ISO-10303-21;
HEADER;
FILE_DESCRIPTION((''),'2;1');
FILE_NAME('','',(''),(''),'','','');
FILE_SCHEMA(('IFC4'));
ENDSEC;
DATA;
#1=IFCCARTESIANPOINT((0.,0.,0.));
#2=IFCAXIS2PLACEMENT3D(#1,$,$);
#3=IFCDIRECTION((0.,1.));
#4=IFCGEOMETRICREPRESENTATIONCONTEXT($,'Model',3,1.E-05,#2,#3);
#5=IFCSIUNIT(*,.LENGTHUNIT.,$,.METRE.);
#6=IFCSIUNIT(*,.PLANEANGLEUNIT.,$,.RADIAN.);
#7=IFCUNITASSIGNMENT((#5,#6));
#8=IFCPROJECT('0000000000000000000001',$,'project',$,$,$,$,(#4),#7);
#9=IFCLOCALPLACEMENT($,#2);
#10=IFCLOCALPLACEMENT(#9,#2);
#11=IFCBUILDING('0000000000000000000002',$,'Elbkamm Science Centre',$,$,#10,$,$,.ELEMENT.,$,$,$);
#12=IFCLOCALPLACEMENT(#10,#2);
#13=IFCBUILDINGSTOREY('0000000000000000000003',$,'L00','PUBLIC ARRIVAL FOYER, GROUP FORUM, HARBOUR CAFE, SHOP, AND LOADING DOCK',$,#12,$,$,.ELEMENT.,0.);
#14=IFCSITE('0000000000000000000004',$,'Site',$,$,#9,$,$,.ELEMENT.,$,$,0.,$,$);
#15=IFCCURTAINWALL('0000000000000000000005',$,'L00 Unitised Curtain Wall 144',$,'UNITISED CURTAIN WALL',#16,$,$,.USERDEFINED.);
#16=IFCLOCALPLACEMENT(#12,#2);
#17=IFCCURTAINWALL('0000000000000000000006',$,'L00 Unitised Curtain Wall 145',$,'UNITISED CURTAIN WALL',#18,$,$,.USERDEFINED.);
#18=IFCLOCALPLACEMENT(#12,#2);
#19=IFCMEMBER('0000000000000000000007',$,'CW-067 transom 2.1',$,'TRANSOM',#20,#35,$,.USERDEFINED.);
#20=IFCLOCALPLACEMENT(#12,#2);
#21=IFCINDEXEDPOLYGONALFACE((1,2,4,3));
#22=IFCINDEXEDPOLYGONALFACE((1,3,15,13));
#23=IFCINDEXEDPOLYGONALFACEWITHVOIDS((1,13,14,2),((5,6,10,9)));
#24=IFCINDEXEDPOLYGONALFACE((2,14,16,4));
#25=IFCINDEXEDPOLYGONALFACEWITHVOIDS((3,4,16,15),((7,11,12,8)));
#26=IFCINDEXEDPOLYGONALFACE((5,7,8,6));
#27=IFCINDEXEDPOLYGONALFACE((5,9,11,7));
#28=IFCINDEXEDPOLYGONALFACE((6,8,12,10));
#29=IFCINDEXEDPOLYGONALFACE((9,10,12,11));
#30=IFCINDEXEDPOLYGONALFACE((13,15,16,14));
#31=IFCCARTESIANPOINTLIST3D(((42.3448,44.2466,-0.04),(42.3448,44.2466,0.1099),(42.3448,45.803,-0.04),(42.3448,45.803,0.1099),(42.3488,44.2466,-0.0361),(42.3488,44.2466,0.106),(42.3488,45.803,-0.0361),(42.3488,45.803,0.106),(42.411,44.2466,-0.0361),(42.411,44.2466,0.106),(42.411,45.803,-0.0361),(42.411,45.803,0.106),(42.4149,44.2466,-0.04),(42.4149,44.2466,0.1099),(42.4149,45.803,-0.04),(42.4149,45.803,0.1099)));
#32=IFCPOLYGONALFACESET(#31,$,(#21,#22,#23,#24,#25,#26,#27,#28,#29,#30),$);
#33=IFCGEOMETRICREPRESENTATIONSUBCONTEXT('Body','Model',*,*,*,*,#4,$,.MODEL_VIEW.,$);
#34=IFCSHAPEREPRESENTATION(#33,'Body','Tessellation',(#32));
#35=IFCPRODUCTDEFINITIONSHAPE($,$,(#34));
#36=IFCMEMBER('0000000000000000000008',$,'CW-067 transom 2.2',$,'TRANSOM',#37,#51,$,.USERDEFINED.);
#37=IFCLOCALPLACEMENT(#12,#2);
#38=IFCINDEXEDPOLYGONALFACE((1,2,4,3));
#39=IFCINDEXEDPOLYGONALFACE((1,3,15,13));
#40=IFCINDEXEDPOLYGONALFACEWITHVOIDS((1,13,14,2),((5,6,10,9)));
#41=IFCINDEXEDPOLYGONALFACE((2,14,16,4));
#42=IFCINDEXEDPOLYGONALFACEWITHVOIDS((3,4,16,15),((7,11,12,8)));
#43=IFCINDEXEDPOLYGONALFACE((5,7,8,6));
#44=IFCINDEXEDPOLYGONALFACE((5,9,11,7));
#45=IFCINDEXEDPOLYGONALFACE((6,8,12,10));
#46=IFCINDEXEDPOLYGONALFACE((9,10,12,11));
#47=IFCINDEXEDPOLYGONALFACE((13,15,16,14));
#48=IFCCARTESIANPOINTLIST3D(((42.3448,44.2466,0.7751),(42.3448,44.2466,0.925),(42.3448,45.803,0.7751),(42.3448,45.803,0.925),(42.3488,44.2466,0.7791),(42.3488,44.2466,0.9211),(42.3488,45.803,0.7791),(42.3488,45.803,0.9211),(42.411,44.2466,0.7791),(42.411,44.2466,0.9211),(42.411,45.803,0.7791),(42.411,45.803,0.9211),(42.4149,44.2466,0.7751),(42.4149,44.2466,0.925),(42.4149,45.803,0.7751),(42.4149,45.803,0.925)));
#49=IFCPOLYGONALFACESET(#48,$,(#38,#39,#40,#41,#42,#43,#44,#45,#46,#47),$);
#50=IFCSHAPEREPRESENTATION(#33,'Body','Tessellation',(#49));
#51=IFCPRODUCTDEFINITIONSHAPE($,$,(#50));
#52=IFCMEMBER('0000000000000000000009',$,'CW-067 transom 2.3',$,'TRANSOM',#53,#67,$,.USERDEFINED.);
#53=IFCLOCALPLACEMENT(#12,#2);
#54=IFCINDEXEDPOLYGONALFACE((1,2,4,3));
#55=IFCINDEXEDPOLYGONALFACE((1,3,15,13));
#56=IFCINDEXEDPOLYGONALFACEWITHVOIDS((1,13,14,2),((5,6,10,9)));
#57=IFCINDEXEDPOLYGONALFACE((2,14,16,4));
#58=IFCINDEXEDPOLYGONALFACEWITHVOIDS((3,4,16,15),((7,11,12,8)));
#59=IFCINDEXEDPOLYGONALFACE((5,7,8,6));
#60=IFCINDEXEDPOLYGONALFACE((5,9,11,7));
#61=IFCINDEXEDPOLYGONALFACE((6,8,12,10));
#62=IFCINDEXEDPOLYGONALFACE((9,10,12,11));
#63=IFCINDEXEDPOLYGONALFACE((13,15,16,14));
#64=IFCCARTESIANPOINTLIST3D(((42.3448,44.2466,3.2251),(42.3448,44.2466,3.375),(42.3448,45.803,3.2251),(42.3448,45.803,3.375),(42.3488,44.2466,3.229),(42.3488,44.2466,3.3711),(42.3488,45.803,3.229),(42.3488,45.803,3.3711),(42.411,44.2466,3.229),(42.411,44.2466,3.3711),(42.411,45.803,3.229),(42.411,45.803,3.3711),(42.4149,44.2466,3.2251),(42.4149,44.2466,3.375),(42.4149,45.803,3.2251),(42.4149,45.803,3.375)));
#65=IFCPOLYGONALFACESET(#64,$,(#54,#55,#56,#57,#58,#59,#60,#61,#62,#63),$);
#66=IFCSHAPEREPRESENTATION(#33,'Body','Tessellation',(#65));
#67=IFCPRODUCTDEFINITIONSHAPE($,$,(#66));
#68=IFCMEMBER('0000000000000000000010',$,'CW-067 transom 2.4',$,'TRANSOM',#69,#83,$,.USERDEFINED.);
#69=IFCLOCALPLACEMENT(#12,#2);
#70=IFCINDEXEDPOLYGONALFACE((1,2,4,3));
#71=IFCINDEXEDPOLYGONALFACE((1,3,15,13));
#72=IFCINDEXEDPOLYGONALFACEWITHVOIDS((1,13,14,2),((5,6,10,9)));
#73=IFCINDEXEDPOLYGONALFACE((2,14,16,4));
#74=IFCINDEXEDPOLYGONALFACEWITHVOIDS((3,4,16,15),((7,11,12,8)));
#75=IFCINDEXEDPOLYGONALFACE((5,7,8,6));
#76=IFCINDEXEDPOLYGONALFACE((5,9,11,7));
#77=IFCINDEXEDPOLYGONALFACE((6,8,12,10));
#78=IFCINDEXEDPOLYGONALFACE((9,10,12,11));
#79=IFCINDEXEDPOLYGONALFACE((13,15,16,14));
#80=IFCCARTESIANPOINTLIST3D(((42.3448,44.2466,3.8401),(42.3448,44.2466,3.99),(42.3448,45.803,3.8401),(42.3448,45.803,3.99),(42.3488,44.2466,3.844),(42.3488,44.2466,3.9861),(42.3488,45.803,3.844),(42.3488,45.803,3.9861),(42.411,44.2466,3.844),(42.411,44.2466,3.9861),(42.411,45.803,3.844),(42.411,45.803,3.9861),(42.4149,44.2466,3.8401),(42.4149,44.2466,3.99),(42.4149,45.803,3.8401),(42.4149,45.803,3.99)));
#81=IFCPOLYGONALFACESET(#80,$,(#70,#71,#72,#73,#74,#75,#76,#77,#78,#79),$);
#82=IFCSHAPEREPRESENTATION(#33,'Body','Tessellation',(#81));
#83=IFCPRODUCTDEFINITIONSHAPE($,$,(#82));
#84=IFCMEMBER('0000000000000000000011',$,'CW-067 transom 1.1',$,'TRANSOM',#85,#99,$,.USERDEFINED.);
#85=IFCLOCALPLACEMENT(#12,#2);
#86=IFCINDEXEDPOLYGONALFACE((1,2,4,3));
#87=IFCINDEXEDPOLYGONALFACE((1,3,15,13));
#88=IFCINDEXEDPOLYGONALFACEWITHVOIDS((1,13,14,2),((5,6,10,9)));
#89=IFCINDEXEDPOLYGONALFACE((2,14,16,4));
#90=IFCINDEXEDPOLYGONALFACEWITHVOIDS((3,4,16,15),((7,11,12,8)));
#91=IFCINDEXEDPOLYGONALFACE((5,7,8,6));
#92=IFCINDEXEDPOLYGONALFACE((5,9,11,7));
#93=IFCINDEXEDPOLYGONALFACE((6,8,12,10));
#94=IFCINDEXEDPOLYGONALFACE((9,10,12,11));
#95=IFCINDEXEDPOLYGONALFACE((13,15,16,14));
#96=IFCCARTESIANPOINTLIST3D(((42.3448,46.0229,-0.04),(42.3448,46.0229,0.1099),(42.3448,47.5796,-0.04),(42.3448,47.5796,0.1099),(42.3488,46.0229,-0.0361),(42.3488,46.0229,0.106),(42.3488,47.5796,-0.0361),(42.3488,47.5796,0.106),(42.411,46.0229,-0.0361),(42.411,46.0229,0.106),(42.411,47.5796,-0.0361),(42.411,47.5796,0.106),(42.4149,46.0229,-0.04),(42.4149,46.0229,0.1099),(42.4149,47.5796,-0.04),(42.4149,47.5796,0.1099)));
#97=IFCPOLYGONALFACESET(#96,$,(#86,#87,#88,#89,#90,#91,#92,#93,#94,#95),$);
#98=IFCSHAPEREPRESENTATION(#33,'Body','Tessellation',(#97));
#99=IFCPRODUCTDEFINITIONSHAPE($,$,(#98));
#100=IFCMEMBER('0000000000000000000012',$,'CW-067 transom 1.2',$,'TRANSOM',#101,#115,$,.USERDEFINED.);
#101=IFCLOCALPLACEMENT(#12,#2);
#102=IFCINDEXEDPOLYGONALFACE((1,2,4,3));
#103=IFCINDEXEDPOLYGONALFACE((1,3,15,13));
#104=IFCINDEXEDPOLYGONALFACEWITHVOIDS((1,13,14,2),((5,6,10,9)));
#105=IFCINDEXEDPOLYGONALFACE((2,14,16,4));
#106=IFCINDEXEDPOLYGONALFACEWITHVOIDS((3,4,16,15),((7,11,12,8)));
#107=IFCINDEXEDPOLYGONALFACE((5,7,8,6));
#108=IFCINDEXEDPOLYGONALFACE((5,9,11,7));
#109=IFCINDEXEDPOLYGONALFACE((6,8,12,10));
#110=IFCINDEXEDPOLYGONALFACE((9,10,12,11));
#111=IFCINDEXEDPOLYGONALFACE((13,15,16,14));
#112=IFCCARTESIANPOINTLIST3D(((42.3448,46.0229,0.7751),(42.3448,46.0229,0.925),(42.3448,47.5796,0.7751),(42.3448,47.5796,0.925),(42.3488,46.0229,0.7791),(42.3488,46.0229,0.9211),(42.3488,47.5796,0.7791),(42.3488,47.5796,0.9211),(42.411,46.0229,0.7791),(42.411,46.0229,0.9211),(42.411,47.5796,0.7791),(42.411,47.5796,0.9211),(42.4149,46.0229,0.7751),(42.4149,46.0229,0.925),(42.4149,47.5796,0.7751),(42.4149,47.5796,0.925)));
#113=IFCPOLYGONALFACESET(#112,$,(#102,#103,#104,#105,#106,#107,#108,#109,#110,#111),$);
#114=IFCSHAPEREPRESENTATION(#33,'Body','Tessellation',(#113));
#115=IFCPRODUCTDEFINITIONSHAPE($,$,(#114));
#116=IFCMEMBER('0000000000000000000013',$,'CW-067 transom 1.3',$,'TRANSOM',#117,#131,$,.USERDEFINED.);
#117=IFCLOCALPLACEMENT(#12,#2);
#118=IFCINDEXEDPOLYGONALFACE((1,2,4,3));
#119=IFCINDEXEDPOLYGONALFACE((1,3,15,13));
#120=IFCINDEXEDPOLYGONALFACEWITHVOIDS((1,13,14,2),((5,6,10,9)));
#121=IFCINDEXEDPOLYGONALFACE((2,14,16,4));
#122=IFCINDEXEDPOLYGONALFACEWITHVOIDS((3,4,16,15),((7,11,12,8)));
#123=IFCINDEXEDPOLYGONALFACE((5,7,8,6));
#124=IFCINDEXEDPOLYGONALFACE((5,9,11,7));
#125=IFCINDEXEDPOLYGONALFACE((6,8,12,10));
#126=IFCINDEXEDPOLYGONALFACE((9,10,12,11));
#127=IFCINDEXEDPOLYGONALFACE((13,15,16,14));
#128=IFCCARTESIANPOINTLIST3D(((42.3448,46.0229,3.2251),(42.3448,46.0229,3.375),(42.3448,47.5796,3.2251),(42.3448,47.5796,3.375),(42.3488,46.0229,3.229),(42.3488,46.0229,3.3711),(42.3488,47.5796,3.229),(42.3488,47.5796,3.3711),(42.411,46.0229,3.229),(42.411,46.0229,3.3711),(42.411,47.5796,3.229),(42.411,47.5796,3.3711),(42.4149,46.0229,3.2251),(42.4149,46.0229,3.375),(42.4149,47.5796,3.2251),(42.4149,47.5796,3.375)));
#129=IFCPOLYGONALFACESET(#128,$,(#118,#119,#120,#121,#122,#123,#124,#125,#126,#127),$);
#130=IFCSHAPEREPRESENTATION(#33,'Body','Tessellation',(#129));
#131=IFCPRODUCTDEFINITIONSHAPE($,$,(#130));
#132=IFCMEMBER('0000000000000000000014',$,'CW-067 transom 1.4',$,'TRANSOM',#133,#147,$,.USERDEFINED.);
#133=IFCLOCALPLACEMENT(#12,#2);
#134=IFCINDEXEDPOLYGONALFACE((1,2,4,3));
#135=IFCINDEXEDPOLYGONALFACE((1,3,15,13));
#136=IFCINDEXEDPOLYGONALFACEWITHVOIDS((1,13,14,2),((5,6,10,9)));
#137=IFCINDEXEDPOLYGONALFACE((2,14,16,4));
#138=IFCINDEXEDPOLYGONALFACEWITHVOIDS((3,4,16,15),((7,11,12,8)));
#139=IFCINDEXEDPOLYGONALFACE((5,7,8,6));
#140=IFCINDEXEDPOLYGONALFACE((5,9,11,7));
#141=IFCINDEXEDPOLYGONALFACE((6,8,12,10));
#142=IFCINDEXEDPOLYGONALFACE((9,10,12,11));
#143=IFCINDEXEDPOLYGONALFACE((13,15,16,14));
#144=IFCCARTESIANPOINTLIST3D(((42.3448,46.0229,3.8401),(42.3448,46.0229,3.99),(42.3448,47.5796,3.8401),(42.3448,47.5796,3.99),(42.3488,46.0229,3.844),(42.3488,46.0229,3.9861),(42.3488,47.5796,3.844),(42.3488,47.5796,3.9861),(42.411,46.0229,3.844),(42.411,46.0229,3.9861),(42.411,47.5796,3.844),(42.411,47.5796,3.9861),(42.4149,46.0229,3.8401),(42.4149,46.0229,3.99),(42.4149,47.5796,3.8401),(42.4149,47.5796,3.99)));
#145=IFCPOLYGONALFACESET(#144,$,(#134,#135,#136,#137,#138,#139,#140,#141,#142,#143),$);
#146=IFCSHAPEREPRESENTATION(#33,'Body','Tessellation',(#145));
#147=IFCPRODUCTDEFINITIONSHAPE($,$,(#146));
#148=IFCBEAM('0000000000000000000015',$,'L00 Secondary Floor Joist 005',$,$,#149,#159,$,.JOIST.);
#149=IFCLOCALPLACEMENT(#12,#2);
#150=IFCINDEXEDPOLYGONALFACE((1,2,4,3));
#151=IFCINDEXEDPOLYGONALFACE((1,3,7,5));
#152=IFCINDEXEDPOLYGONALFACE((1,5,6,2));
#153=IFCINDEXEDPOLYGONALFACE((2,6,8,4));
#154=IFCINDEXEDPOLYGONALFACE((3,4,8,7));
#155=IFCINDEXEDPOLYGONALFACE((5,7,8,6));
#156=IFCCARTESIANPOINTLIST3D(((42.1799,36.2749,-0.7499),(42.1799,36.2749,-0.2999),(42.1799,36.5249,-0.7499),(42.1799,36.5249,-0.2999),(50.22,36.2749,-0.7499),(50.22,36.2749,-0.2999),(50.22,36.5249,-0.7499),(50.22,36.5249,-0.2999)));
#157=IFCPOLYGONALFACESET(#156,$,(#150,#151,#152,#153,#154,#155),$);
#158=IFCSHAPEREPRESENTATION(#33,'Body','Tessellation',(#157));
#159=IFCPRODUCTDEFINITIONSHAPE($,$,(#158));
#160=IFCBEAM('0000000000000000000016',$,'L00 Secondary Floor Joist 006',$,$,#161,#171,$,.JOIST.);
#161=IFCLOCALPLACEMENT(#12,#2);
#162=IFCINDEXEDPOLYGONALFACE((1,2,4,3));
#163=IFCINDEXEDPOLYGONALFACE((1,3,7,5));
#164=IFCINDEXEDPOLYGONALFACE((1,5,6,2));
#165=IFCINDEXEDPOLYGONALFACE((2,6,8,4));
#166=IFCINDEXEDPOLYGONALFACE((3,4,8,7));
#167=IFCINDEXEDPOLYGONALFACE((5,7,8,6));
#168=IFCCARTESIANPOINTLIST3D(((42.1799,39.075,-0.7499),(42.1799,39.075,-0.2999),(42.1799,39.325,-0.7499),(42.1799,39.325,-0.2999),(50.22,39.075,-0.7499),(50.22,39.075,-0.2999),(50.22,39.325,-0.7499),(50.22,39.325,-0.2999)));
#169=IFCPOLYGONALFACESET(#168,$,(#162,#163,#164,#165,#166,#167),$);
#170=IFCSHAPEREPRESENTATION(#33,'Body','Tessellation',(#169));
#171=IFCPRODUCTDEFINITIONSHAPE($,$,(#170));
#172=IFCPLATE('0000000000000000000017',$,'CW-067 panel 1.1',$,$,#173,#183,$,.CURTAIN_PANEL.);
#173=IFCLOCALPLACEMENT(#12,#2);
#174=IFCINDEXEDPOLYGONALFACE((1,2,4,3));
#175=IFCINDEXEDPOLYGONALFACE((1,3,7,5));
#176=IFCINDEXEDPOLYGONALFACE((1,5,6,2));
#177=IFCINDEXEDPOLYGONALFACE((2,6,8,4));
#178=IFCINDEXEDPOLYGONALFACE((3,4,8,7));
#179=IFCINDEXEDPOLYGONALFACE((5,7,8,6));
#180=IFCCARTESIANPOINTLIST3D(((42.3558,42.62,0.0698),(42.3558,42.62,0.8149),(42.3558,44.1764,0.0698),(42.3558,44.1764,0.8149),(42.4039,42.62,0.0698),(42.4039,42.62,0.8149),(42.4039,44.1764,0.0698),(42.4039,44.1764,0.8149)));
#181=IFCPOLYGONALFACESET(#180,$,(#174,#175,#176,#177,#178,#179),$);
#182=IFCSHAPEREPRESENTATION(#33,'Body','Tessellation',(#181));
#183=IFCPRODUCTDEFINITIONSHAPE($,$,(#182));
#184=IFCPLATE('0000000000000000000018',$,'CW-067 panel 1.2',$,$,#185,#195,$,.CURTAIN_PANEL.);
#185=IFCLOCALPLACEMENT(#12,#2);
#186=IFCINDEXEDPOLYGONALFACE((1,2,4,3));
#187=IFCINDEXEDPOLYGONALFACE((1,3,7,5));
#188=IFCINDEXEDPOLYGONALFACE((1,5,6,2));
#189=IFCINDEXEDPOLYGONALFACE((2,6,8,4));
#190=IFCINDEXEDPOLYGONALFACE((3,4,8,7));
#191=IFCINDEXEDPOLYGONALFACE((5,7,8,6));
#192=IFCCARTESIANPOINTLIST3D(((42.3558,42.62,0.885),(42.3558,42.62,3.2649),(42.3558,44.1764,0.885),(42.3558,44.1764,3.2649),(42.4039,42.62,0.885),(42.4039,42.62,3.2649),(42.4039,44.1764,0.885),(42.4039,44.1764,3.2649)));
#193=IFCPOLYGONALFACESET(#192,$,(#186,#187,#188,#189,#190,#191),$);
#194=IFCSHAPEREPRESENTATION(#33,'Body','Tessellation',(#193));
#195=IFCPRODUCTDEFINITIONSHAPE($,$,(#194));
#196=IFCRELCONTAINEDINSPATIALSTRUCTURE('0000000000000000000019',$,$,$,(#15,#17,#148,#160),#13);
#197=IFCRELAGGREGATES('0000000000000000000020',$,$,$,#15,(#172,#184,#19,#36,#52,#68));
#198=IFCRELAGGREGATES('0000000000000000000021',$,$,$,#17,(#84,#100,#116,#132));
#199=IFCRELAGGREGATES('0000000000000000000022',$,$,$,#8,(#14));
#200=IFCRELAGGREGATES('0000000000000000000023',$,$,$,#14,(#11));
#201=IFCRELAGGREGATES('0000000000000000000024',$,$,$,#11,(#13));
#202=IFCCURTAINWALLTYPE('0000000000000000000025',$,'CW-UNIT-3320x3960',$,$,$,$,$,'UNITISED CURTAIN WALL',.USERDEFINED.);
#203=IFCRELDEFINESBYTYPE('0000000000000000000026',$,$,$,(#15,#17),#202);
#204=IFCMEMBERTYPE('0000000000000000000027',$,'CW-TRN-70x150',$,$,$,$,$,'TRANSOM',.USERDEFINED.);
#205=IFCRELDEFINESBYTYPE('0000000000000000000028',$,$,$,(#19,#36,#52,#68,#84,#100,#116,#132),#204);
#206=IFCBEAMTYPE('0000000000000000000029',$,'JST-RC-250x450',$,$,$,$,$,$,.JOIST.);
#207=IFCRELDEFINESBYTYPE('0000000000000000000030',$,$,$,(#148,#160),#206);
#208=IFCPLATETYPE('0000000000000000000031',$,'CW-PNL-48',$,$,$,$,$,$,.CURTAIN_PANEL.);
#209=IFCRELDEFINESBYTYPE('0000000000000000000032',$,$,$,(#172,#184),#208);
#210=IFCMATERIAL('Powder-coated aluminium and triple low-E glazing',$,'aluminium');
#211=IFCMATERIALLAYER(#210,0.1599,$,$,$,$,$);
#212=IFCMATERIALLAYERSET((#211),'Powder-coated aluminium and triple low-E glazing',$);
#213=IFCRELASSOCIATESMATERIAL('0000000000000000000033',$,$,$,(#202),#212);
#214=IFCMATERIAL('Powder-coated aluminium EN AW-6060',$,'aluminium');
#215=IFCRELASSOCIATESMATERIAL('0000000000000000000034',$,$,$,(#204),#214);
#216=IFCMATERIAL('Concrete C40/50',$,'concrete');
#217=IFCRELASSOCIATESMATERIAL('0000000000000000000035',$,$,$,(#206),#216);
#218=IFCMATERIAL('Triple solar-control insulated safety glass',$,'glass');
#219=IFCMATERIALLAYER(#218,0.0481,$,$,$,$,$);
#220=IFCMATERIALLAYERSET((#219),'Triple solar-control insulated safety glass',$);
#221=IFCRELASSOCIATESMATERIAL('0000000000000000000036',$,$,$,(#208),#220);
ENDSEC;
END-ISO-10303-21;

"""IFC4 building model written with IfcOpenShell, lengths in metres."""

from ifc_helpers import new_model, si_unit, direction, frame, origin, origin_2d, place, context, subcontext, project, spatial, rectangle, hollow_rectangle, extrude, material, layer, layer_set, material_profile, profile_set, type_object, element, aggregate, save


model = new_model("IFC4")

# Units and contexts
model_context = context("Model", 3, precision=1e-05, world=origin(), true_north=direction((0.0, 1.0)))
body_context = subcontext(model_context, "Body", "Model", "MODEL_VIEW")
ifc_project = project(units=[si_unit("LENGTHUNIT", "METRE"), si_unit("PLANEANGLEUNIT", "RADIAN")], contexts=[model_context])

# Site, building, storey
site_placement = place(None, origin())
site = spatial("IfcSite", under=ifc_project, at=site_placement, Name="Site", CompositionType="ELEMENT", RefElevation=0.0)
building_placement = place(site_placement, origin())
building = spatial("IfcBuilding", under=site, at=building_placement, Name="Elbkamm Science Centre", CompositionType="ELEMENT")
storey_placement = place(building_placement, origin())
storey = spatial("IfcBuildingStorey", under=building, at=storey_placement, Name="L00", Description="PUBLIC ARRIVAL FOYER, GROUP FORUM, HARBOUR CAFE, SHOP, AND LOADING DOCK", CompositionType="ELEMENT", Elevation=0.0)

# Shared definitions
ifc_material_1 = material(Name="Concrete C40/50", Category="concrete")

# Curtain wall
ifc_material_2 = material(Name="Powder-coated aluminium and triple low-E glazing", Category="aluminium")
ifc_layer_1 = layer(ifc_material_2, 0.1599)
ifc_layer_set_1 = layer_set([ifc_layer_1], Name="Powder-coated aluminium and triple low-E glazing")
curtain_wall_type = type_object("IfcCurtainWallType", Name="CW-UNIT-3320x3960", ElementType="UNITISED CURTAIN WALL", PredefinedType="USERDEFINED", material=ifc_layer_set_1)
curtain_wall_1_placement = place(storey_placement, origin())
curtain_wall_1 = element("IfcCurtainWall", 1, at=curtain_wall_1_placement, inside=storey, type_object=curtain_wall_type, Name="L00 Unitised Curtain Wall 144", ObjectType="UNITISED CURTAIN WALL", PredefinedType="USERDEFINED")
ifc_material_3 = material(Name="Powder-coated aluminium EN AW-6060", Category="aluminium")

# Curtain wall
curtain_wall_2_placement = place(storey_placement, origin())
curtain_wall_2 = element("IfcCurtainWall", 2, at=curtain_wall_2_placement, inside=storey, type_object=curtain_wall_type, Name="L00 Unitised Curtain Wall 145", ObjectType="UNITISED CURTAIN WALL", PredefinedType="USERDEFINED")

# Members
ifc_material_profile_1 = material_profile(ifc_material_3, hollow_rectangle(XDim=0.0701, YDim=0.1499, WallThickness=0.0039, at=origin_2d()), Name="ALU T70x150")
ifc_profile_set_1 = profile_set([ifc_material_profile_1], Name="Powder-coated aluminium EN AW-6060")
member_type_1 = type_object("IfcMemberType", Name="CW-TRN-70x150", ElementType="TRANSOM", PredefinedType="USERDEFINED", material=ifc_profile_set_1)
member_1_placement = place(storey_placement, frame((42.3799, 44.2466, 0.0349), z_axis=(0.0, 1.0, 0.0), x_axis=(-1.0, 0.0, 0.0)))
member_1 = element("IfcMember", 3, at=member_1_placement, type_object=member_type_1, Name="CW-067 transom 2.1", ObjectType="TRANSOM", PredefinedType="USERDEFINED", context=body_context, shape_type="SweptSolid", body=[
    extrude(hollow_rectangle(XDim=0.0701, YDim=0.1499, WallThickness=0.0039, at=origin_2d()), origin(), (0.0, 0.0, 1.0), 1.5564),
])
member_2_placement = place(storey_placement, frame((42.3799, 44.2466, 0.8501), z_axis=(0.0, 1.0, 0.0), x_axis=(-1.0, 0.0, 0.0)))
member_2 = element("IfcMember", 4, at=member_2_placement, type_object=member_type_1, Name="CW-067 transom 2.2", ObjectType="TRANSOM", PredefinedType="USERDEFINED", context=body_context, shape_type="SweptSolid", body=[
    extrude(hollow_rectangle(XDim=0.0701, YDim=0.1499, WallThickness=0.0039, at=origin_2d()), origin(), (0.0, 0.0, 1.0), 1.5564),
])
member_3_placement = place(storey_placement, frame((42.3799, 44.2466, 3.3), z_axis=(0.0, 1.0, 0.0), x_axis=(-1.0, 0.0, 0.0)))
member_3 = element("IfcMember", 5, at=member_3_placement, type_object=member_type_1, Name="CW-067 transom 2.3", ObjectType="TRANSOM", PredefinedType="USERDEFINED", context=body_context, shape_type="SweptSolid", body=[
    extrude(hollow_rectangle(XDim=0.0701, YDim=0.1499, WallThickness=0.0039, at=origin_2d()), origin(), (0.0, 0.0, 1.0), 1.5564),
])
member_4_placement = place(storey_placement, frame((42.3799, 44.2466, 3.915), z_axis=(0.0, 1.0, 0.0), x_axis=(-1.0, 0.0, 0.0)))
member_4 = element("IfcMember", 6, at=member_4_placement, type_object=member_type_1, Name="CW-067 transom 2.4", ObjectType="TRANSOM", PredefinedType="USERDEFINED", context=body_context, shape_type="SweptSolid", body=[
    extrude(hollow_rectangle(XDim=0.0701, YDim=0.1499, WallThickness=0.0039, at=origin_2d()), origin(), (0.0, 0.0, 1.0), 1.5564),
])
member_5_placement = place(storey_placement, frame((42.3799, 46.0229, 0.0349), z_axis=(0.0, 1.0, 0.0), x_axis=(-1.0, 0.0, 0.0)))
member_5 = element("IfcMember", 7, at=member_5_placement, type_object=member_type_1, Name="CW-067 transom 1.1", ObjectType="TRANSOM", PredefinedType="USERDEFINED", context=body_context, shape_type="SweptSolid", body=[
    extrude(hollow_rectangle(XDim=0.0701, YDim=0.1499, WallThickness=0.0039, at=origin_2d()), origin(), (0.0, 0.0, 1.0), 1.5566),
])
member_6_placement = place(storey_placement, frame((42.3799, 46.0229, 0.8501), z_axis=(0.0, 1.0, 0.0), x_axis=(-1.0, 0.0, 0.0)))
member_6 = element("IfcMember", 8, at=member_6_placement, type_object=member_type_1, Name="CW-067 transom 1.2", ObjectType="TRANSOM", PredefinedType="USERDEFINED", context=body_context, shape_type="SweptSolid", body=[
    extrude(hollow_rectangle(XDim=0.0701, YDim=0.1499, WallThickness=0.0039, at=origin_2d()), origin(), (0.0, 0.0, 1.0), 1.5566),
])
member_7_placement = place(storey_placement, frame((42.3799, 46.0229, 3.3), z_axis=(0.0, 1.0, 0.0), x_axis=(-1.0, 0.0, 0.0)))
member_7 = element("IfcMember", 9, at=member_7_placement, type_object=member_type_1, Name="CW-067 transom 1.3", ObjectType="TRANSOM", PredefinedType="USERDEFINED", context=body_context, shape_type="SweptSolid", body=[
    extrude(hollow_rectangle(XDim=0.0701, YDim=0.1499, WallThickness=0.0039, at=origin_2d()), origin(), (0.0, 0.0, 1.0), 1.5566),
])
member_8_placement = place(storey_placement, frame((42.3799, 46.0229, 3.915), z_axis=(0.0, 1.0, 0.0), x_axis=(-1.0, 0.0, 0.0)))
member_8 = element("IfcMember", 10, at=member_8_placement, type_object=member_type_1, Name="CW-067 transom 1.4", ObjectType="TRANSOM", PredefinedType="USERDEFINED", context=body_context, shape_type="SweptSolid", body=[
    extrude(hollow_rectangle(XDim=0.0701, YDim=0.1499, WallThickness=0.0039, at=origin_2d()), origin(), (0.0, 0.0, 1.0), 1.5566),
])

# Beams
ifc_material_profile_2 = material_profile(ifc_material_1, rectangle(XDim=0.25, YDim=0.45, at=origin_2d()), Name="RC 250x450")
ifc_profile_set_2 = profile_set([ifc_material_profile_2], Name="Concrete C40/50")
beam_type_1 = type_object("IfcBeamType", Name="JST-RC-250x450", PredefinedType="JOIST", material=ifc_profile_set_2)
for number, where, z_axis, x_axis, name in (
    (11, (42.1799, 36.3999, -0.5249), (1.0, 0.0, 0.0), (0.0, 1.0, 0.0), "L00 Secondary Floor Joist 005"),
    (12, (42.1799, 39.2, -0.5249), (1.0, 0.0, 0.0), (0.0, 1.0, 0.0), "L00 Secondary Floor Joist 006"),
):
    element("IfcBeam", number, at=place(storey_placement, frame(where, z_axis=z_axis, x_axis=x_axis)), inside=storey, type_object=beam_type_1, Name=name, PredefinedType="JOIST", context=body_context, shape_type="SweptSolid", body=[
        extrude(rectangle(XDim=0.25, YDim=0.45, at=origin_2d()), origin(), (0.0, 0.0, 1.0), 8.04),
    ])

# Plates
ifc_material_4 = material(Name="Triple solar-control insulated safety glass", Category="glass")
ifc_layer_2 = layer(ifc_material_4, 0.0481)
ifc_layer_set_2 = layer_set([ifc_layer_2], Name="Triple solar-control insulated safety glass")
plate_type = type_object("IfcPlateType", Name="CW-PNL-48", PredefinedType="CURTAIN_PANEL", material=ifc_layer_set_2)
plate_1_placement = place(storey_placement, frame((42.3799, 43.3982, 0.0698), z_axis=(0.0, 0.0, 1.0), x_axis=(0.0, 1.0, 0.0)))
plate_1 = element("IfcPlate", 13, at=plate_1_placement, type_object=plate_type, Name="CW-067 panel 1.1", PredefinedType="CURTAIN_PANEL", context=body_context, shape_type="SweptSolid", body=[
    extrude(rectangle(XDim=1.5564, YDim=0.0481, at=origin_2d()), origin(), (0.0, 0.0, 1.0), 0.7451),
])
plate_2_placement = place(storey_placement, frame((42.3799, 43.3982, 0.885), z_axis=(0.0, 0.0, 1.0), x_axis=(0.0, 1.0, 0.0)))
plate_2 = element("IfcPlate", 14, at=plate_2_placement, type_object=plate_type, Name="CW-067 panel 1.2", PredefinedType="CURTAIN_PANEL", context=body_context, shape_type="SweptSolid", body=[
    extrude(rectangle(XDim=1.5564, YDim=0.0481, at=origin_2d()), origin(), (0.0, 0.0, 1.0), 2.3799),
])
aggregate(curtain_wall_1, [plate_1, plate_2, member_1, member_2, member_3, member_4])
aggregate(curtain_wall_2, [member_5, member_6, member_7, member_8])

save(model, "model.ifc")
